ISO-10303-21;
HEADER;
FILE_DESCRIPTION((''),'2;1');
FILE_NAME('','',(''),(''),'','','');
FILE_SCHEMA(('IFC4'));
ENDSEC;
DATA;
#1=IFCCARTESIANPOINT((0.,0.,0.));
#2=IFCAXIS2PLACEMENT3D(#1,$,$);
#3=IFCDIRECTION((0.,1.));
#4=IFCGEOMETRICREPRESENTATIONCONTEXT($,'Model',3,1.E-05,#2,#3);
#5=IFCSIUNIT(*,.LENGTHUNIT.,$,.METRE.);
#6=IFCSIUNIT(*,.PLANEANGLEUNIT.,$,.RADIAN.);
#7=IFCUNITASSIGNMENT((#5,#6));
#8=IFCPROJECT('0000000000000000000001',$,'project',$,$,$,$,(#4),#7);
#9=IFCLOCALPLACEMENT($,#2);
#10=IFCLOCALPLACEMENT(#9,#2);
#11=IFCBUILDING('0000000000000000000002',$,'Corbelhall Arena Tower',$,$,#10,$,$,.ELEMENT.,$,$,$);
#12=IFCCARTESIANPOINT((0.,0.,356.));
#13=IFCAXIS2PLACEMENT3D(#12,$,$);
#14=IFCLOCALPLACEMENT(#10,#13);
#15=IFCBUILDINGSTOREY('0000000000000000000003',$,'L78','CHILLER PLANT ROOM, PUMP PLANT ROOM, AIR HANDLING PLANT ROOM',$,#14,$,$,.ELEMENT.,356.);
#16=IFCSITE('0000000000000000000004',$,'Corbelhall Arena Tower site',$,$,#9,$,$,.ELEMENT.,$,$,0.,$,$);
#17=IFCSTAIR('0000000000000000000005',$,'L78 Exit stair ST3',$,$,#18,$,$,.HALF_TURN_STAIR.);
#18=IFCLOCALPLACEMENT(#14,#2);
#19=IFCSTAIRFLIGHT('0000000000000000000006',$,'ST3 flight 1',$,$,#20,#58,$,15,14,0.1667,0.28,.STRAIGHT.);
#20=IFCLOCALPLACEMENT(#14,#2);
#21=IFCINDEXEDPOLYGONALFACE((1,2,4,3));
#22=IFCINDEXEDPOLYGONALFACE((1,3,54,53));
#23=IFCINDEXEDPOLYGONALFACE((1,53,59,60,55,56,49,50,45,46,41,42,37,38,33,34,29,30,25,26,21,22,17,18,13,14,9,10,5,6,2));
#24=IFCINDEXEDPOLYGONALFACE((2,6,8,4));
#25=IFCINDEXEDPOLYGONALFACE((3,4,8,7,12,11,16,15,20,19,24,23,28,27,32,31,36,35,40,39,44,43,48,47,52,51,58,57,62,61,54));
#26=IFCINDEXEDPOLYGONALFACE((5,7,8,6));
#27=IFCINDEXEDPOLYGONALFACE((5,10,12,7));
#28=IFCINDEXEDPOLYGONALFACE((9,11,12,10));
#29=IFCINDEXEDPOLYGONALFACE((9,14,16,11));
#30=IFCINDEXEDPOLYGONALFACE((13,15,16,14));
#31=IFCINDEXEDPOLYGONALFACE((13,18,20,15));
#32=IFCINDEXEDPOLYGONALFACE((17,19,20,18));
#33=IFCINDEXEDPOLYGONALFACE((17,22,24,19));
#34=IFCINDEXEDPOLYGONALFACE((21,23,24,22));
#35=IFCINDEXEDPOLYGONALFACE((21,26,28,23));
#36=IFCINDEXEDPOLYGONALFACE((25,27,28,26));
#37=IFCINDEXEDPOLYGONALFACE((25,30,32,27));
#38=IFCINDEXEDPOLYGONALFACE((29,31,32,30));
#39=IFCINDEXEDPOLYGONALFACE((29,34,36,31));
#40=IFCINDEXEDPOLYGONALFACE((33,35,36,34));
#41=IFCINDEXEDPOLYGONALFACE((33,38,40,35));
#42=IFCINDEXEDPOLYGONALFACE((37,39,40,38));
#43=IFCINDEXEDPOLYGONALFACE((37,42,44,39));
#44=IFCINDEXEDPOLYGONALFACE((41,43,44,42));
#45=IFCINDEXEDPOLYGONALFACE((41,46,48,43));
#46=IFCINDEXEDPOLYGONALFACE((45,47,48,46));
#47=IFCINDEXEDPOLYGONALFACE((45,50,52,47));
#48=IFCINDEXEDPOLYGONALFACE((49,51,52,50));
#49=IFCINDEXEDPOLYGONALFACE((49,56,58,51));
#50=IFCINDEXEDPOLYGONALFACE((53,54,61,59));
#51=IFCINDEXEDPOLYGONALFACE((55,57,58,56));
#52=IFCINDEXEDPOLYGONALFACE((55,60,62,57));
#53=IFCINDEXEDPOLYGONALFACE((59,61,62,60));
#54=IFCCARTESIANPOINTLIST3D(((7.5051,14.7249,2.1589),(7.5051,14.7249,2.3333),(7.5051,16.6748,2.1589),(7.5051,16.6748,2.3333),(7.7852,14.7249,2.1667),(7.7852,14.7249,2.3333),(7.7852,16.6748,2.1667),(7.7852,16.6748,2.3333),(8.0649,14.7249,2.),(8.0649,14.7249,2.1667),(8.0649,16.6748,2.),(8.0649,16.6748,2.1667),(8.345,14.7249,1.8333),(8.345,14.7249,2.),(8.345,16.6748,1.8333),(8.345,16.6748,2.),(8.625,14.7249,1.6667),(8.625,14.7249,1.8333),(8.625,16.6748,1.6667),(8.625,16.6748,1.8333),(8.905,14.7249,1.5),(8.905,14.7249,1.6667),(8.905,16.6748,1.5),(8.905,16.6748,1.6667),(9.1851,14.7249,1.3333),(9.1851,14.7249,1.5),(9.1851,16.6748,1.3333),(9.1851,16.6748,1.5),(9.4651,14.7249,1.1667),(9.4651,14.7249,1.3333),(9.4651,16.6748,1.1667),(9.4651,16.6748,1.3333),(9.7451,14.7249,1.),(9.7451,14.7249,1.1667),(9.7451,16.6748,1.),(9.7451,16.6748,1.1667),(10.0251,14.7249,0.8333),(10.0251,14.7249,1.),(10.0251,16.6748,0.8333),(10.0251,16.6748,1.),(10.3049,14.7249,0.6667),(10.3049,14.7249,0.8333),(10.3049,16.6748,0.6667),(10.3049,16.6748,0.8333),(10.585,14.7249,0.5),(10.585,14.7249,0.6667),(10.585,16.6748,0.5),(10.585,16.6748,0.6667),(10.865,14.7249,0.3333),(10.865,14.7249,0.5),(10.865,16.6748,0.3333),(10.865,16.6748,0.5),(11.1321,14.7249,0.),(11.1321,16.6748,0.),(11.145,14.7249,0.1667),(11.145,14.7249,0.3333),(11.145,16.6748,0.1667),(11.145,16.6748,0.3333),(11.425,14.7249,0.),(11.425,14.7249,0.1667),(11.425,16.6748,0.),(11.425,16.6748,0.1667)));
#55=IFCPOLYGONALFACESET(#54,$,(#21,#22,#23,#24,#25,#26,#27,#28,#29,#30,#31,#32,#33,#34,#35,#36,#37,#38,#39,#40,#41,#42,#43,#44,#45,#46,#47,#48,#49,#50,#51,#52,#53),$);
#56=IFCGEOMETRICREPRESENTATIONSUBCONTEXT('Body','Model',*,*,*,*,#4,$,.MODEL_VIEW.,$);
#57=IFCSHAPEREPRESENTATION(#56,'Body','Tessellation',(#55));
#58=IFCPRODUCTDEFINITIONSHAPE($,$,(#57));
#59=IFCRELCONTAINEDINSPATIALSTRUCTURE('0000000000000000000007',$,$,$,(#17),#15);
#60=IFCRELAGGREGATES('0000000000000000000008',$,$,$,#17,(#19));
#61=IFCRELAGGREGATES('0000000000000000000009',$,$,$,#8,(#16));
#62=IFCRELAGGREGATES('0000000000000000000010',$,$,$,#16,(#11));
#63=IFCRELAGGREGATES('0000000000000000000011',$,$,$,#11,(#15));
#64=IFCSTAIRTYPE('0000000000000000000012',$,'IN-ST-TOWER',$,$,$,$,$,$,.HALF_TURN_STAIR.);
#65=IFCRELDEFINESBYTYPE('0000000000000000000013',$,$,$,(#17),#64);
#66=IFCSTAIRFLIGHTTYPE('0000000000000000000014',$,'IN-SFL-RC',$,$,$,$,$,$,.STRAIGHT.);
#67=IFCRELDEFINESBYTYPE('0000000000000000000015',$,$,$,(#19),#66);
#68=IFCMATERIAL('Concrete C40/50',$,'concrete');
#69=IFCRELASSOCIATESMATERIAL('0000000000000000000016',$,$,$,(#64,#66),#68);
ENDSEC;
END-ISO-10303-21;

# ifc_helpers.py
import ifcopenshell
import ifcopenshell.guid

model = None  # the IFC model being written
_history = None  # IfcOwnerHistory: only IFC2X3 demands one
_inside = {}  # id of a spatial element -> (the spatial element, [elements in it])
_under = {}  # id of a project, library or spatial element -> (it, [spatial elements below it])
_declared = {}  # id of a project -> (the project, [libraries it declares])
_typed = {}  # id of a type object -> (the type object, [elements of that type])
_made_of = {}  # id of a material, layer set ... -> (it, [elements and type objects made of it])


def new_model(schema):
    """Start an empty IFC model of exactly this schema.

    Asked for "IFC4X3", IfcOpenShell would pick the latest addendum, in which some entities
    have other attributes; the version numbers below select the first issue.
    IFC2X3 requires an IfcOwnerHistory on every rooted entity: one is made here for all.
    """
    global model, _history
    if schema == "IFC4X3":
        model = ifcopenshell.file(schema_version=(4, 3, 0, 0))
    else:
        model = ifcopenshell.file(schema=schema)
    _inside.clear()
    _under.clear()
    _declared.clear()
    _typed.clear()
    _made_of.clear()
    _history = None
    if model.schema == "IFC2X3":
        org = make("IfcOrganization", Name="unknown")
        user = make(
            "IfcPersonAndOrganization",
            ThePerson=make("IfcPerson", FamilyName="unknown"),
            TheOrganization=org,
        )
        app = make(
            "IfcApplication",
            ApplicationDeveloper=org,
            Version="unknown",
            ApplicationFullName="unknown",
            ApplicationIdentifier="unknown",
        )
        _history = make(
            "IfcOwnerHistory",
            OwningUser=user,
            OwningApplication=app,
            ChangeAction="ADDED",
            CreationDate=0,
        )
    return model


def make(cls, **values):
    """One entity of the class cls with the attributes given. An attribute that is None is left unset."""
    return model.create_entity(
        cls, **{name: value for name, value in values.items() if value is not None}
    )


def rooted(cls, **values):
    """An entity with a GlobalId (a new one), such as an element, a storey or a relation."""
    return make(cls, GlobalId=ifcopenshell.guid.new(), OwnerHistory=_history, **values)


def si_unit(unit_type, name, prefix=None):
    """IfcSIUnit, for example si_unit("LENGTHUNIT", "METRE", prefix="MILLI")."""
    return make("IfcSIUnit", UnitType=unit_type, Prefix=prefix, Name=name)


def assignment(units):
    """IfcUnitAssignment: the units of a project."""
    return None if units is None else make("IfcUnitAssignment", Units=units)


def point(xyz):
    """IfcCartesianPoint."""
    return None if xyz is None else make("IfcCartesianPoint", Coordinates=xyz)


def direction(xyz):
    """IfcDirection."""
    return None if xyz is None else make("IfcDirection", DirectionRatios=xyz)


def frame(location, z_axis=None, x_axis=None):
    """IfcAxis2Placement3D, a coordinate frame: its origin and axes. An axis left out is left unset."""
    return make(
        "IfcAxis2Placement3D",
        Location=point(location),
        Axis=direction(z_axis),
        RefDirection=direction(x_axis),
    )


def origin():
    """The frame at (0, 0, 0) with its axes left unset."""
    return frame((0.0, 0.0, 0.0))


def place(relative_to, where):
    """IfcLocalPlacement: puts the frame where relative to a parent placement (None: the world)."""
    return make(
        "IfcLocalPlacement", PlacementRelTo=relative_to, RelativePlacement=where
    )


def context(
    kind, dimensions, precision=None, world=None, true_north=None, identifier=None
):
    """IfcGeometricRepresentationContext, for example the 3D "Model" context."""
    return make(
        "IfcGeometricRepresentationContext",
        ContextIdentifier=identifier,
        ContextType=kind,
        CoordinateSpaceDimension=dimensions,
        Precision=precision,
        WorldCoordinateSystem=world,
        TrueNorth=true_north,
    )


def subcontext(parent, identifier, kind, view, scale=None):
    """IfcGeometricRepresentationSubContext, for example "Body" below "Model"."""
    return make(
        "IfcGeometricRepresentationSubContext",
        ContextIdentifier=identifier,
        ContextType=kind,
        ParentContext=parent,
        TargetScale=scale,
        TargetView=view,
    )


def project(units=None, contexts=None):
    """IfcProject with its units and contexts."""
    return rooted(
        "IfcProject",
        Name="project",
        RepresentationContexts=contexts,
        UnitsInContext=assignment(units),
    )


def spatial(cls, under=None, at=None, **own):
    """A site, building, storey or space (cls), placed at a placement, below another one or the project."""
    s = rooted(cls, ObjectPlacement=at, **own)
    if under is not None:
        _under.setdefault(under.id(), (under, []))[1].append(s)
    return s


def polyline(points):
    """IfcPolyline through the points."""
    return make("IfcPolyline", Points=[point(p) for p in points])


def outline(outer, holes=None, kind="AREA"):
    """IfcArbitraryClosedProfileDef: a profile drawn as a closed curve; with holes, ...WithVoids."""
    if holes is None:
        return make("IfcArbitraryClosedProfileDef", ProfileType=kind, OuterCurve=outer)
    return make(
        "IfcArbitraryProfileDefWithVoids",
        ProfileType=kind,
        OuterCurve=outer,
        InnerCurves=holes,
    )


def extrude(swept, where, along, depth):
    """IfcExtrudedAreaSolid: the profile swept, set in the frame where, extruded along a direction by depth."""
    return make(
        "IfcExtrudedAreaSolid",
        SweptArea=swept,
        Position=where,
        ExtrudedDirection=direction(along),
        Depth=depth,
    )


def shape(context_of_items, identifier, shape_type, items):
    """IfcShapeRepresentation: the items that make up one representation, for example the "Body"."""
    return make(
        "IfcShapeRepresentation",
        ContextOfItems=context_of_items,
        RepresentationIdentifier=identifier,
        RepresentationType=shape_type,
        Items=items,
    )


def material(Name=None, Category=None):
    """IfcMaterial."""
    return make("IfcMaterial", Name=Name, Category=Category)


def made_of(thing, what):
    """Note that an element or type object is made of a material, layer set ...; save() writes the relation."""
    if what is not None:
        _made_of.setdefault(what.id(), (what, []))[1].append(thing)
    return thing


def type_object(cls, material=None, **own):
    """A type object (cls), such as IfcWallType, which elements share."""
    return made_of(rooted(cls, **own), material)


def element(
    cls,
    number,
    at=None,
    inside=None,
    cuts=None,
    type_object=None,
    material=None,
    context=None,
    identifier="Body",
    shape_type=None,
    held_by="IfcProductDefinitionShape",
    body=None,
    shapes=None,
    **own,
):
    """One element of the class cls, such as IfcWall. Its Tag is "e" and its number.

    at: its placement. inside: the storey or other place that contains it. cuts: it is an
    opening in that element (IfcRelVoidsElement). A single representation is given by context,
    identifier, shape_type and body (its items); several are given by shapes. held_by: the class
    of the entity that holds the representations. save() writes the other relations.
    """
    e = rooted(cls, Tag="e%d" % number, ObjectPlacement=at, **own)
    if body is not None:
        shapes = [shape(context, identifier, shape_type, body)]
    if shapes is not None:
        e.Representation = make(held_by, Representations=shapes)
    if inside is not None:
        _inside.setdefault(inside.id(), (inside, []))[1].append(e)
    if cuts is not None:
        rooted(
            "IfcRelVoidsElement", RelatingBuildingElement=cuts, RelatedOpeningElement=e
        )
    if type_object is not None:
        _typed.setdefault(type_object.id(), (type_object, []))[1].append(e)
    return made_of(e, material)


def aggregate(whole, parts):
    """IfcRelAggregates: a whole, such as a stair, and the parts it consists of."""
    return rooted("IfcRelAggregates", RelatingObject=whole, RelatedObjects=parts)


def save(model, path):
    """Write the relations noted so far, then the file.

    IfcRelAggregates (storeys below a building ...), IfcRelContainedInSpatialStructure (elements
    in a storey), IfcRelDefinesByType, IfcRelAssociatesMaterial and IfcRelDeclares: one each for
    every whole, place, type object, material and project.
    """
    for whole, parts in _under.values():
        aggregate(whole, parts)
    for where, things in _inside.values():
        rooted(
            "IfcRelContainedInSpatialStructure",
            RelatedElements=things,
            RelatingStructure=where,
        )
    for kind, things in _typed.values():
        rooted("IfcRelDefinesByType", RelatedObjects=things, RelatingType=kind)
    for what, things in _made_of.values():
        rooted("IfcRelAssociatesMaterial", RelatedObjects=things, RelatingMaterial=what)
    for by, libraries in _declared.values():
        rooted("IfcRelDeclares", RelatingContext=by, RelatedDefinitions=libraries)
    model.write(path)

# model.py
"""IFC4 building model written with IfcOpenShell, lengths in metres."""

from ifc_helpers import new_model, si_unit, direction, frame, origin, place, context, subcontext, project, spatial, polyline, outline, extrude, material, type_object, element, aggregate, save


model = new_model("IFC4")

# Units and contexts
model_context = context("Model", 3, precision=1e-05, world=origin(), true_north=direction((0.0, 1.0)))
body_context = subcontext(model_context, "Body", "Model", "MODEL_VIEW")
ifc_project = project(units=[si_unit("LENGTHUNIT", "METRE"), si_unit("PLANEANGLEUNIT", "RADIAN")], contexts=[model_context])

# Site, building, storey
site_placement = place(None, origin())
site = spatial("IfcSite", under=ifc_project, at=site_placement, Name="Corbelhall Arena Tower site", CompositionType="ELEMENT", RefElevation=0.0)
building_placement = place(site_placement, origin())
building = spatial("IfcBuilding", under=site, at=building_placement, Name="Corbelhall Arena Tower", CompositionType="ELEMENT")
storey_placement = place(building_placement, frame((0.0, 0.0, 356.0)))
storey = spatial("IfcBuildingStorey", under=building, at=storey_placement, Name="L78", Description="CHILLER PLANT ROOM, PUMP PLANT ROOM, AIR HANDLING PLANT ROOM", CompositionType="ELEMENT", Elevation=356.0)

# Shared definitions
ifc_material_1 = material(Name="Concrete C40/50", Category="concrete")

# Stair, stair flight
stair_type = type_object("IfcStairType", Name="IN-ST-TOWER", PredefinedType="HALF_TURN_STAIR", material=ifc_material_1)
stair_placement = place(storey_placement, origin())
stair = element("IfcStair", 1, at=stair_placement, inside=storey, type_object=stair_type, Name="L78 Exit stair ST3", PredefinedType="HALF_TURN_STAIR")
stair_flight_type = type_object("IfcStairFlightType", Name="IN-SFL-RC", PredefinedType="STRAIGHT", material=ifc_material_1)
stair_flight_placement = place(storey_placement, frame((11.425, 15.7, 0.0), z_axis=(0.0, 0.0, 1.0), x_axis=(-1.0, 0.0, 0.0)))
stair_flight = element("IfcStairFlight", 2, at=stair_flight_placement, type_object=stair_flight_type, Name="ST3 flight 1", NumberOfRisers=15, NumberOfTreads=14, PredefinedType="STRAIGHT", RiserHeight=0.1667, TreadLength=0.28, context=body_context, shape_type="SweptSolid", body=[
    extrude(outline(polyline([(0.0, 0.0), (0.0, 0.1667), (0.28, 0.1667), (0.28, 0.3333), (0.5601, 0.3333), (0.5601, 0.5), (0.8401, 0.5), (0.8401, 0.6667), (1.1201, 0.6667), (1.1201, 0.8333), (1.3999, 0.8333), (1.3999, 1.0), (1.6799, 1.0), (1.6799, 1.1667), (1.96, 1.1667), (1.96, 1.3333), (2.24, 1.3333), (2.24, 1.5), (2.52, 1.5), (2.52, 1.6667), (2.8, 1.6667), (2.8, 1.8333), (3.0801, 1.8333), (3.0801, 2.0), (3.3601, 2.0), (3.3601, 2.1667), (3.6399, 2.1667), (3.6399, 2.3333), (3.9199, 2.3333), (3.9199, 2.5), (3.9199, 2.1589), (0.293, 0.0), (0.0, 0.0)])), frame((0.0, 0.9751, 0.0), z_axis=(0.0, -1.0, 0.0), x_axis=(1.0, 0.0, 0.0)), (0.0, 0.0, 1.0), 1.95),
])
aggregate(stair, [stair_flight])

save(model, "model.ifc")
